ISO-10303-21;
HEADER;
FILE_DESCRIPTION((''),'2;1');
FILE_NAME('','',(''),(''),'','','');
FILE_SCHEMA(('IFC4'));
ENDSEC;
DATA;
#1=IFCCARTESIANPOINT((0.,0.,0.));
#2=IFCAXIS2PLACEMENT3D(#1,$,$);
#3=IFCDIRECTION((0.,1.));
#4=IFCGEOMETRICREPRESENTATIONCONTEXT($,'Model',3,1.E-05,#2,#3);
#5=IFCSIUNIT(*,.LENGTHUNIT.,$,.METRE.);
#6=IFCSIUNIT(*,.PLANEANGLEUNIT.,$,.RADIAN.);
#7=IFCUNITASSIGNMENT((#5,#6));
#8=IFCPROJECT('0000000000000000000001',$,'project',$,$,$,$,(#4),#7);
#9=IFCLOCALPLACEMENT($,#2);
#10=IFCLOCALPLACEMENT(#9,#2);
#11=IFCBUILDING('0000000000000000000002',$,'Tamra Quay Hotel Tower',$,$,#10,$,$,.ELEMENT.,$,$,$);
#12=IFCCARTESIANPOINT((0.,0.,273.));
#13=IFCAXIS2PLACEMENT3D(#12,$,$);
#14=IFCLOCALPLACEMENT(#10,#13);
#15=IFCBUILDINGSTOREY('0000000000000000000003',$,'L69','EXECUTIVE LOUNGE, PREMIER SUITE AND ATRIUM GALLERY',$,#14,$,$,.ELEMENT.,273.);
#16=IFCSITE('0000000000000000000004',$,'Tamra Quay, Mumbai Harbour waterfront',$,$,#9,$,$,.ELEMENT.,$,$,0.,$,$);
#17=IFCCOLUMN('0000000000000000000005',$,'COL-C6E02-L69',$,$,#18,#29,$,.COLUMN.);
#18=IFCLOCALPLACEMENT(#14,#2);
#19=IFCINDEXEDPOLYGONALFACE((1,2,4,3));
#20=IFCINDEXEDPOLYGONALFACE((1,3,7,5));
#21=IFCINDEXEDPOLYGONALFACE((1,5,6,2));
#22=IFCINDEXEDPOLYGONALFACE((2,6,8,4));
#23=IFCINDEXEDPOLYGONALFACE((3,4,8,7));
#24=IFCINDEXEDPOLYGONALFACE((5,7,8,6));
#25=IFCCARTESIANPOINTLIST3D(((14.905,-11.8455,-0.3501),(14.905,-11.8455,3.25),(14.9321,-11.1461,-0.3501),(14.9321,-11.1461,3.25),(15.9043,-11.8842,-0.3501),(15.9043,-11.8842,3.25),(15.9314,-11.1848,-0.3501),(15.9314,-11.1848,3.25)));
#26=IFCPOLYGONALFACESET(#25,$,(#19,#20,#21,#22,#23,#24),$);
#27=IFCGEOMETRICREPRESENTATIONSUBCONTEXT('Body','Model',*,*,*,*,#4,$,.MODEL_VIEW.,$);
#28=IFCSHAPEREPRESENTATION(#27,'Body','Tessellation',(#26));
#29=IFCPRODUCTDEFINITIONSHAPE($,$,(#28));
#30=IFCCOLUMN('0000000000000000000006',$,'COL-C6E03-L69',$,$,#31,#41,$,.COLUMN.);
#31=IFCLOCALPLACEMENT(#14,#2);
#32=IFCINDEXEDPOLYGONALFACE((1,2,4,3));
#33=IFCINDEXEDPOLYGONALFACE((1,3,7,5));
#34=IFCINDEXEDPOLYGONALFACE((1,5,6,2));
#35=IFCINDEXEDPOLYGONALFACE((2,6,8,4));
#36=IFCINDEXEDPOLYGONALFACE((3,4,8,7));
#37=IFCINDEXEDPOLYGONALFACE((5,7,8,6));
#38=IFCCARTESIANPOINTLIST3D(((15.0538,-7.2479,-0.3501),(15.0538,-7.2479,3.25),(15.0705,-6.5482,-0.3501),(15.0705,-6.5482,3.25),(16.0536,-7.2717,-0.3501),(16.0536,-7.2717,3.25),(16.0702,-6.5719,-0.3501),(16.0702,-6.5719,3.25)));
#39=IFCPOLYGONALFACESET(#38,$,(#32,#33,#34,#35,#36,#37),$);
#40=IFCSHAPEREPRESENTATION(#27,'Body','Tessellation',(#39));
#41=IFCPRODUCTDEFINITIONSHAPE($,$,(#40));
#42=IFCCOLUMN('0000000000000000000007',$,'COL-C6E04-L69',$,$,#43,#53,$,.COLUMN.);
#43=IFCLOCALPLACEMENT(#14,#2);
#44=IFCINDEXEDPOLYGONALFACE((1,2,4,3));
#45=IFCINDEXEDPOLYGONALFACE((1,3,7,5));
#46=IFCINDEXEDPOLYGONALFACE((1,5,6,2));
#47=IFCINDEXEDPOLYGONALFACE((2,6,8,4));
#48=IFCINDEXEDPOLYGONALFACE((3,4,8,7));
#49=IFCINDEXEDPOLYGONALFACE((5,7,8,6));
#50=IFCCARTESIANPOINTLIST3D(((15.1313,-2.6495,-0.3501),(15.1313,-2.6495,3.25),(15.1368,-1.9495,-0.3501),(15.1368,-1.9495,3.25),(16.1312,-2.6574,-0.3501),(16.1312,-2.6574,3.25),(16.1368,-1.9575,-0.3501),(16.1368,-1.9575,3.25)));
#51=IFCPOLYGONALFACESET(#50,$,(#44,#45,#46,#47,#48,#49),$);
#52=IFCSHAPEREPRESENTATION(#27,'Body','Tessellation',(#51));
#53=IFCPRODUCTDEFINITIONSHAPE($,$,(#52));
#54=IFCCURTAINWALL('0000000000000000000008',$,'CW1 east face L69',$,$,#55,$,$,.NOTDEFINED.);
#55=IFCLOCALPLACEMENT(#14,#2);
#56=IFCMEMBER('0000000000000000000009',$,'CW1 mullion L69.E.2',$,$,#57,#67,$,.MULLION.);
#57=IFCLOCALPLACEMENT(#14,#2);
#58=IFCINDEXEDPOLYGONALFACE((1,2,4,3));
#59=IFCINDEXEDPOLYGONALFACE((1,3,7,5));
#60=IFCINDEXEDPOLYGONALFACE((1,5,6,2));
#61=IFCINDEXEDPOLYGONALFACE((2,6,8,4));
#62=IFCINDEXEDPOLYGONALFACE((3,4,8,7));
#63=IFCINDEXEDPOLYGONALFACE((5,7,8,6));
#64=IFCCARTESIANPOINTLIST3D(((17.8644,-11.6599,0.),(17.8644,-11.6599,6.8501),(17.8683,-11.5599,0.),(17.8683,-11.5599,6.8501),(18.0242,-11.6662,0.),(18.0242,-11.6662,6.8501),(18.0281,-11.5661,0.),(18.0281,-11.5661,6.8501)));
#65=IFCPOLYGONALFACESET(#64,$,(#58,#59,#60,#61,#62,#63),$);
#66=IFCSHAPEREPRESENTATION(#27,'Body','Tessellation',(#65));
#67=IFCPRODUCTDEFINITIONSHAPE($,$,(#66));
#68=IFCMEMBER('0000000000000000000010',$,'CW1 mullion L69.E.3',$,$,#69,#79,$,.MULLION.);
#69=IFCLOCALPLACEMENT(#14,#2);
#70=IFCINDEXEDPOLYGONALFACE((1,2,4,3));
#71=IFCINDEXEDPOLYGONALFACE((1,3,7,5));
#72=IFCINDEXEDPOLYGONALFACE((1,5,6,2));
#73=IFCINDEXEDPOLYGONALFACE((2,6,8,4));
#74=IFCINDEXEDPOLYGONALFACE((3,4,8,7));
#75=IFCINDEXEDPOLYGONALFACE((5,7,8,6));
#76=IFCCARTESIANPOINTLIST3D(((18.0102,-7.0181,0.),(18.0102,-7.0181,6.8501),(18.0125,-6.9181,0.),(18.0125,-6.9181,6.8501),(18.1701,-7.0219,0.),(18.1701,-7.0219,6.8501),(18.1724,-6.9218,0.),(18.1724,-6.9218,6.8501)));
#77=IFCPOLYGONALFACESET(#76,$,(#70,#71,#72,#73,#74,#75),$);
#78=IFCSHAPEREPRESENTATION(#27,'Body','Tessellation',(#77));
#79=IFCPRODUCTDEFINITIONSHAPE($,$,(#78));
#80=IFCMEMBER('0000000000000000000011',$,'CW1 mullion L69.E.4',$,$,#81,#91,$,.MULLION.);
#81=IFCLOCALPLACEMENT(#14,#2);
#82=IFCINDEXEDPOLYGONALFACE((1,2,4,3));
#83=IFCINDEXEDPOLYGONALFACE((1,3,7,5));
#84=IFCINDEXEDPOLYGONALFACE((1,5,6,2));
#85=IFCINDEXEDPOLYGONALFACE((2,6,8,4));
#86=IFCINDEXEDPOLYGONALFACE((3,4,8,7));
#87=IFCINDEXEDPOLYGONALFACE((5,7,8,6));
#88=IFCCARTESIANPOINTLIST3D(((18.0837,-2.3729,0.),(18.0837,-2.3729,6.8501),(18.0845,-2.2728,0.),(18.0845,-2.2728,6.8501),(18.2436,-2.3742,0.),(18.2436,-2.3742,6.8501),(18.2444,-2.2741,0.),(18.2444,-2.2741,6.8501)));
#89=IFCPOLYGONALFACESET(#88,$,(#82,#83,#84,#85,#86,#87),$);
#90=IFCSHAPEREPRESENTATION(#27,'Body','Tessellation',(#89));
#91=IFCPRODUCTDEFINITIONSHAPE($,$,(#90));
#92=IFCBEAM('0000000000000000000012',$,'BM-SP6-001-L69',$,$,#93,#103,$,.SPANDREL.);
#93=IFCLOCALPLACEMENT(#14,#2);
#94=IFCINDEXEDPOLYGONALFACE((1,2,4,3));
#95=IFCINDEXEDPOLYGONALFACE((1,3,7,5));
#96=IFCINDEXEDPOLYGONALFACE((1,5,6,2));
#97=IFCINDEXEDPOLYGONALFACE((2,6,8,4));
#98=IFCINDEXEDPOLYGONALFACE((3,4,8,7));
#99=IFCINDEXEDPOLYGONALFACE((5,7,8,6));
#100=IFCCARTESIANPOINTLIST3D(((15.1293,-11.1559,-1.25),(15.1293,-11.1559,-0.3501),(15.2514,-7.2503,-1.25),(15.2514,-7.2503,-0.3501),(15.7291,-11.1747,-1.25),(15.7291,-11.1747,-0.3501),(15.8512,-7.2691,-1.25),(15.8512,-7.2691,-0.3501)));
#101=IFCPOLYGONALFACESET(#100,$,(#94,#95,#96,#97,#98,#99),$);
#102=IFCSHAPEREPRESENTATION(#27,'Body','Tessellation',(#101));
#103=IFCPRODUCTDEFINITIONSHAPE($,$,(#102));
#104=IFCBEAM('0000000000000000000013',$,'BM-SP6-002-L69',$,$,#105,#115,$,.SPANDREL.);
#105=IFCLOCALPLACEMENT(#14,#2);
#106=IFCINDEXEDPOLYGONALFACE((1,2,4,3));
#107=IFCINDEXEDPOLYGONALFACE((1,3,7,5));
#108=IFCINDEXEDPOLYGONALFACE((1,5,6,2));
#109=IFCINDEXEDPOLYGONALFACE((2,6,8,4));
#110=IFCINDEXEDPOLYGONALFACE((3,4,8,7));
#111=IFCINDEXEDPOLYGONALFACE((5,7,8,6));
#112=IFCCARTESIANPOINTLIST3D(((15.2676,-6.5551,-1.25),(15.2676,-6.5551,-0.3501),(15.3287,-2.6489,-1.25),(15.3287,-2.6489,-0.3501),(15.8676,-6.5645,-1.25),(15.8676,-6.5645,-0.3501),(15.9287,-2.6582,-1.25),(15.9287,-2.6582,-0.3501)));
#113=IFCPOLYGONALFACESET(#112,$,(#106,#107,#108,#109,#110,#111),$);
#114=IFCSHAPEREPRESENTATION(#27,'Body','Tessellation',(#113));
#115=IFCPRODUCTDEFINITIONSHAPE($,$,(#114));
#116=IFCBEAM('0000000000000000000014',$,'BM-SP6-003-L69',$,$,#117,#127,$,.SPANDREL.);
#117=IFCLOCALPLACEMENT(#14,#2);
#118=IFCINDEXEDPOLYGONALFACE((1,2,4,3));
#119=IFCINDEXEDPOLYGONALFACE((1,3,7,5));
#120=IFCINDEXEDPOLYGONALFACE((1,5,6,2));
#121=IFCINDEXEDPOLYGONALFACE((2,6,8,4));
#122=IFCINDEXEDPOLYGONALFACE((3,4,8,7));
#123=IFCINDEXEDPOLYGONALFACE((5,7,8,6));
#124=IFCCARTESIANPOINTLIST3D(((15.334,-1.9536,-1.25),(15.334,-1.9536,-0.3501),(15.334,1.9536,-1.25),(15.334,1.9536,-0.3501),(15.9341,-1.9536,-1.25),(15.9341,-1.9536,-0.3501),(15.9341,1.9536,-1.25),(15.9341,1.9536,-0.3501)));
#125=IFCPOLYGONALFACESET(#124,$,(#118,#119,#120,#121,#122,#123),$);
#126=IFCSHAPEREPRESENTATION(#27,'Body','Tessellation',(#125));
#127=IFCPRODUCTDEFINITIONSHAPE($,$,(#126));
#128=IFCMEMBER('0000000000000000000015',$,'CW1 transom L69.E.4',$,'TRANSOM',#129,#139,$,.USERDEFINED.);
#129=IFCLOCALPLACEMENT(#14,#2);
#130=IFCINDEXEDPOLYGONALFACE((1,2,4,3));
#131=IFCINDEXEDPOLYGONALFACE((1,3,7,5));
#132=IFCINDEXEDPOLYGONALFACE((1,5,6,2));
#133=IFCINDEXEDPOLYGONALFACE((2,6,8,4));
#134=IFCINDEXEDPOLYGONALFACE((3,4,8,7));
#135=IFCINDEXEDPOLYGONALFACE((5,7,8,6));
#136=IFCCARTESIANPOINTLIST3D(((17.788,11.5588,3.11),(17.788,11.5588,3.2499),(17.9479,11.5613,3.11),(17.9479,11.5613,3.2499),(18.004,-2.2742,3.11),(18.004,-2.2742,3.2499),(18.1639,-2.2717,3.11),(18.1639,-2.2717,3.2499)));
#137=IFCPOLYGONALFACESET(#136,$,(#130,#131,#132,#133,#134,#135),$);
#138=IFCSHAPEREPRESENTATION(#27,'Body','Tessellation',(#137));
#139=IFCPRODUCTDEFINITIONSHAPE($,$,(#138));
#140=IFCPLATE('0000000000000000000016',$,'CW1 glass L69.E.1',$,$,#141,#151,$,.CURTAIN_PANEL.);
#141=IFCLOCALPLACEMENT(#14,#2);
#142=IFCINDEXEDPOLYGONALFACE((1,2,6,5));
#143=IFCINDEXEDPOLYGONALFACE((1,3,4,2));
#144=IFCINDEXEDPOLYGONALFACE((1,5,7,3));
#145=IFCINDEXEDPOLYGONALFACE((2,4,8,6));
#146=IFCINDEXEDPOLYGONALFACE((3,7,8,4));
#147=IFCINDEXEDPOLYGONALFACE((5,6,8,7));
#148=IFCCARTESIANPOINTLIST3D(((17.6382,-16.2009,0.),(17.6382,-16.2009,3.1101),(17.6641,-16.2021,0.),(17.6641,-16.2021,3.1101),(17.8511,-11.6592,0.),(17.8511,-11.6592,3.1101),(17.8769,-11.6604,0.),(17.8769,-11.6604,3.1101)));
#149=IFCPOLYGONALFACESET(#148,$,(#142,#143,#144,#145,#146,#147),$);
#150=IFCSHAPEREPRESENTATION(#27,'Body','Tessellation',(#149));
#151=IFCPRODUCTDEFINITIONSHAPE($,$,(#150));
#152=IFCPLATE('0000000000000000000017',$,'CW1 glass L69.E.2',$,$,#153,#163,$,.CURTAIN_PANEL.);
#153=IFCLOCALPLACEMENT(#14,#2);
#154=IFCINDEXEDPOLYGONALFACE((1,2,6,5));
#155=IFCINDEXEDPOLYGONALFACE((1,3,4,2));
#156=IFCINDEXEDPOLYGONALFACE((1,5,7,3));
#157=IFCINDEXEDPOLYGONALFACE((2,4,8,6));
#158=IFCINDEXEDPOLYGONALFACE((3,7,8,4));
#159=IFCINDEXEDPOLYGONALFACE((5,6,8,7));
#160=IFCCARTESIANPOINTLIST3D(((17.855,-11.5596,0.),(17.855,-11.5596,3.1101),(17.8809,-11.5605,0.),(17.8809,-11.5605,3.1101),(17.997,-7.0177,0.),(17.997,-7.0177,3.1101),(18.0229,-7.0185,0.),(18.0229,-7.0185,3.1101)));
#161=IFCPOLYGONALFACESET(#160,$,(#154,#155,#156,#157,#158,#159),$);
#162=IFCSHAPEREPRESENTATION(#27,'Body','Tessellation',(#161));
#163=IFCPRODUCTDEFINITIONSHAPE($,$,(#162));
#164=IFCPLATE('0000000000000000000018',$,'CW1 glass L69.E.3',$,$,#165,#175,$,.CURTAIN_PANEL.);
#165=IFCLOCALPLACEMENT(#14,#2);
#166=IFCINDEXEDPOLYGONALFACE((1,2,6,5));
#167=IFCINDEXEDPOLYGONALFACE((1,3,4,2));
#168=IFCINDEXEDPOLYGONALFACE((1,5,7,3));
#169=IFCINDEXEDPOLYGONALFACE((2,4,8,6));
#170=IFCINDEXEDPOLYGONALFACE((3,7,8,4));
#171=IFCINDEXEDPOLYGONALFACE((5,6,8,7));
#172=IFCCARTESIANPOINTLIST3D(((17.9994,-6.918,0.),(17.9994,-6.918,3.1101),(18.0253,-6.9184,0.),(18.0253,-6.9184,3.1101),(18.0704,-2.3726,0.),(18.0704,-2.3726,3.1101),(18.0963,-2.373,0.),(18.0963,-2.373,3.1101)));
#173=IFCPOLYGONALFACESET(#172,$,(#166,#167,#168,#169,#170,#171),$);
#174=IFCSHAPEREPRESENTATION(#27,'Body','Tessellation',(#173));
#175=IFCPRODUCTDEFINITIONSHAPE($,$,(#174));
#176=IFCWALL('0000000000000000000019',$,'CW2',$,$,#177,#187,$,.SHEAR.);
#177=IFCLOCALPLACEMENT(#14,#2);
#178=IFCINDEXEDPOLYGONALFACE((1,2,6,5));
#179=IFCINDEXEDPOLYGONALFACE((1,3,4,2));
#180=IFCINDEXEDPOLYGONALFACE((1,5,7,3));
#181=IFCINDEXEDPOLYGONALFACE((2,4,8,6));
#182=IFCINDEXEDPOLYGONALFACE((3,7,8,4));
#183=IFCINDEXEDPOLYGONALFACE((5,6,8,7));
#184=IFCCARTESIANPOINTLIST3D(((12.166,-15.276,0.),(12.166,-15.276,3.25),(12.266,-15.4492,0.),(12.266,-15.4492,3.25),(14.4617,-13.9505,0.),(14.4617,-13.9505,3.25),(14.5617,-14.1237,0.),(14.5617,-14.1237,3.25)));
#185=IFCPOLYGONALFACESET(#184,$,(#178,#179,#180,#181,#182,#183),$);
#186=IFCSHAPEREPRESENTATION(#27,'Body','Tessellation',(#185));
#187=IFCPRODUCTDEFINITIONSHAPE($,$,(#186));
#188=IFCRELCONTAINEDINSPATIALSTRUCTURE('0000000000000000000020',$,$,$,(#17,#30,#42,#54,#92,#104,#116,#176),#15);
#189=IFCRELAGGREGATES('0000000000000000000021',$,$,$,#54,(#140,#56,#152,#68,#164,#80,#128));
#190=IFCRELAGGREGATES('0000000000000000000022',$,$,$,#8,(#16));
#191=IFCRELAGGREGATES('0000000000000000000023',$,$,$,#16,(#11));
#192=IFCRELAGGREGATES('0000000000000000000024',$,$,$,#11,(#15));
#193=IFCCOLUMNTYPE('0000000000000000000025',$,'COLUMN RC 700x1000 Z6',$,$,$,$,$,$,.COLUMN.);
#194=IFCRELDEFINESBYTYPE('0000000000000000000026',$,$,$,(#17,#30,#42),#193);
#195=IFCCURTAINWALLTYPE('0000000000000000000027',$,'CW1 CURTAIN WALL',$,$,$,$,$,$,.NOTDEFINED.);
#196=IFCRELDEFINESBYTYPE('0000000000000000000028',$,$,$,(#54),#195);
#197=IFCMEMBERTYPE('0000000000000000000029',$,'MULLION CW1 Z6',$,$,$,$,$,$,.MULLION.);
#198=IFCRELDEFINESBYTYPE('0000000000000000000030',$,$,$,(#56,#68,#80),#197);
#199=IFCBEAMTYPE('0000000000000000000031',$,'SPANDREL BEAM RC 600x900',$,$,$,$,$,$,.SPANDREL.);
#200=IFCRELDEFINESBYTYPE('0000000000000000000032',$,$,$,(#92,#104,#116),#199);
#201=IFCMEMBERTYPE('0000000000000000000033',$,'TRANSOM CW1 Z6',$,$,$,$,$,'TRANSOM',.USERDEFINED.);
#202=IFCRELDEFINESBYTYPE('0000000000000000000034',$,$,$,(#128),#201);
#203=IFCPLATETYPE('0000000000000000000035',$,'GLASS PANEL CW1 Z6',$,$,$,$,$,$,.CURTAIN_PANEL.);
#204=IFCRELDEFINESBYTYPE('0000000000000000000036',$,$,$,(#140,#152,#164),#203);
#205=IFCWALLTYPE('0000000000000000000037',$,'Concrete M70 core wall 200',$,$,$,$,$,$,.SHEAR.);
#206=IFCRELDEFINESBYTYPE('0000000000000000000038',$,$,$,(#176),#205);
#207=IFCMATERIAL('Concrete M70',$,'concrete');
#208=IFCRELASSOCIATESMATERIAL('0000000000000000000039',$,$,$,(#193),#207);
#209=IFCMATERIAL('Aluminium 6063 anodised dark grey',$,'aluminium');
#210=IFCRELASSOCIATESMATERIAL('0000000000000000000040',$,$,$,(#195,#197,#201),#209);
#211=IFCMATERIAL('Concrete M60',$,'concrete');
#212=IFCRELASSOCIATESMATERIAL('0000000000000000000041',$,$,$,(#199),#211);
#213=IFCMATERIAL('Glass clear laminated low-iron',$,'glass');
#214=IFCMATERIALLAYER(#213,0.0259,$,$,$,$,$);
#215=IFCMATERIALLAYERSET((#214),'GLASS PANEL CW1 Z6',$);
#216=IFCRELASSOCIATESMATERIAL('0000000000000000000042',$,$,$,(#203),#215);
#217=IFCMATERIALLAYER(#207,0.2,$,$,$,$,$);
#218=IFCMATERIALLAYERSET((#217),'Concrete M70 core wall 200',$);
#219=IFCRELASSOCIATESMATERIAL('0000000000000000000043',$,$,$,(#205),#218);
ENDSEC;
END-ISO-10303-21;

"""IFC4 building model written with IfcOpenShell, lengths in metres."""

from ifc_helpers import new_model, si_unit, direction, frame, frame_2d, origin, origin_2d, place, context, subcontext, project, spatial, rectangle, extrude, material, layer, layer_set, material_profile, profile_set, type_object, element, aggregate, save


model = new_model("IFC4")

# Units and contexts
model_context = context("Model", 3, precision=1e-05, world=origin(), true_north=direction((0.0, 1.0)))
body_context = subcontext(model_context, "Body", "Model", "MODEL_VIEW")
ifc_project = project(units=[si_unit("LENGTHUNIT", "METRE"), si_unit("PLANEANGLEUNIT", "RADIAN")], contexts=[model_context])

# Site, building, storey
site_placement = place(None, origin())
site = spatial("IfcSite", under=ifc_project, at=site_placement, Name="Tamra Quay, Mumbai Harbour waterfront", CompositionType="ELEMENT", RefElevation=0.0)
building_placement = place(site_placement, origin())
building = spatial("IfcBuilding", under=site, at=building_placement, Name="Tamra Quay Hotel Tower", CompositionType="ELEMENT")
storey_placement = place(building_placement, frame((0.0, 0.0, 273.0)))
storey = spatial("IfcBuildingStorey", under=building, at=storey_placement, Name="L69", Description="EXECUTIVE LOUNGE, PREMIER SUITE AND ATRIUM GALLERY", CompositionType="ELEMENT", Elevation=273.0)

# Columns
ifc_material_1 = material(Name="Concrete M70", Category="concrete")
ifc_material_profile_1 = material_profile(ifc_material_1, rectangle(XDim=1.0, YDim=0.7, at=origin_2d()), Name="COLUMN RC 700x1000 Z6")
ifc_profile_set_1 = profile_set([ifc_material_profile_1], Name="Concrete M70")
column_type = type_object("IfcColumnType", Name="COLUMN RC 700x1000 Z6", PredefinedType="COLUMN", material=ifc_profile_set_1)
for number, where, z_axis, x_axis, name in (
    (1, (15.4182, -11.5151, -0.3501), (0.0, 0.0, 1.0), (-0.999251, 0.038691, 0.0), "COL-C6E02-L69"),
    (2, (15.562, -6.9099, -0.3501), (0.0, 0.0, 1.0), (-0.999718, 0.023753, 0.0), "COL-C6E03-L69"),
    (3, (15.634, -2.3035, -0.3501), (0.0, 0.0, 1.0), (-0.999969, 0.00792, 0.0), "COL-C6E04-L69"),
):
    element("IfcColumn", number, at=place(storey_placement, frame(where, z_axis=z_axis, x_axis=x_axis)), inside=storey, type_object=column_type, Name=name, PredefinedType="COLUMN", context=body_context, shape_type="SweptSolid", body=[
        extrude(rectangle(XDim=1.0, YDim=0.7, at=origin_2d()), origin(), (0.0, 0.0, 1.0), 3.6001),
    ])

# Curtain wall, members
ifc_material_2 = material(Name="Aluminium 6063 anodised dark grey", Category="aluminium")
curtain_wall_type = type_object("IfcCurtainWallType", Name="CW1 CURTAIN WALL", PredefinedType="NOTDEFINED", material=ifc_material_2)
curtain_wall_placement = place(storey_placement, origin())
curtain_wall = element("IfcCurtainWall", 4, at=curtain_wall_placement, inside=storey, type_object=curtain_wall_type, Name="CW1 east face L69", PredefinedType="NOTDEFINED")
ifc_material_profile_2 = material_profile(ifc_material_2, rectangle(XDim=0.1599, YDim=0.1001, at=origin_2d()), Name="MULLION 100X160")
ifc_profile_set_2 = profile_set([ifc_material_profile_2], Name="Aluminium 6063 anodised dark grey")
member_type_1 = type_object("IfcMemberType", Name="MULLION CW1 Z6", PredefinedType="MULLION", material=ifc_profile_set_2)
member_1_placement = place(storey_placement, frame((17.9463, -11.613, 0.0), z_axis=(0.0, 0.0, 1.0), x_axis=(0.999238, -0.039033, 0.0)))
member_1 = element("IfcMember", 5, at=member_1_placement, type_object=member_type_1, Name="CW1 mullion L69.E.2", PredefinedType="MULLION", context=body_context, shape_type="SweptSolid", body=[
    extrude(rectangle(XDim=0.1599, YDim=0.1001, at=origin_2d()), origin(), (0.0, 0.0, 1.0), 6.8501),
])
member_2_placement = place(storey_placement, frame((18.0913, -6.97, 0.0), z_axis=(0.0, 0.0, 1.0), x_axis=(0.999725, -0.023438, 0.0)))
member_2 = element("IfcMember", 6, at=member_2_placement, type_object=member_type_1, Name="CW1 mullion L69.E.3", PredefinedType="MULLION", context=body_context, shape_type="SweptSolid", body=[
    extrude(rectangle(XDim=0.1599, YDim=0.1001, at=origin_2d()), origin(), (0.0, 0.0, 1.0), 6.8501),
])
member_3_placement = place(storey_placement, frame((18.1641, -2.3235, 0.0), z_axis=(0.0, 0.0, 1.0), x_axis=(0.999969, -0.007817, 0.0)))
member_3 = element("IfcMember", 7, at=member_3_placement, type_object=member_type_1, Name="CW1 mullion L69.E.4", PredefinedType="MULLION", context=body_context, shape_type="SweptSolid", body=[
    extrude(rectangle(XDim=0.1599, YDim=0.1001, at=origin_2d()), origin(), (0.0, 0.0, 1.0), 6.8501),
])

# Beams
ifc_material_3 = material(Name="Concrete M60", Category="concrete")
ifc_material_profile_3 = material_profile(ifc_material_3, rectangle(XDim=0.6001, YDim=0.8999, at=origin_2d()), Name="SPANDREL BEAM RC 600x900")
ifc_profile_set_3 = profile_set([ifc_material_profile_3], Name="Concrete M60")
beam_type = type_object("IfcBeamType", Name="SPANDREL BEAM RC 600x900", PredefinedType="SPANDREL", material=ifc_profile_set_3)
beam_1_placement = place(storey_placement, frame((15.4292, -11.1653, -0.8), z_axis=(0.031241, 0.999512, 0.0), x_axis=(-0.999512, 0.031241, 0.0)))
element("IfcBeam", 8, at=beam_1_placement, inside=storey, type_object=beam_type, Name="BM-SP6-001-L69", PredefinedType="SPANDREL", context=body_context, shape_type="SweptSolid", body=[
    extrude(rectangle(XDim=0.6001, YDim=0.8999, at=origin_2d()), origin(), (0.0, 0.0, 1.0), 3.9075),
])
beam_2_placement = place(storey_placement, frame((15.5676, -6.5598, -0.8), z_axis=(0.015623, 0.999878, 0.0), x_axis=(-0.999878, 0.015623, 0.0)))
element("IfcBeam", 9, at=beam_2_placement, inside=storey, type_object=beam_type, Name="BM-SP6-002-L69", PredefinedType="SPANDREL", context=body_context, shape_type="SweptSolid", body=[
    extrude(rectangle(XDim=0.6001, YDim=0.8999, at=origin_2d()), origin(), (0.0, 0.0, 1.0), 3.9067),
])
beam_3_placement = place(storey_placement, frame((15.634, -1.9536, -0.8), z_axis=(0.0, 1.0, 0.0), x_axis=(-1.0, 0.0, 0.0)))
element("IfcBeam", 10, at=beam_3_placement, inside=storey, type_object=beam_type, Name="BM-SP6-003-L69", PredefinedType="SPANDREL", context=body_context, shape_type="SweptSolid", body=[
    extrude(rectangle(XDim=0.6001, YDim=0.8999, at=origin_2d()), origin(), (0.0, 0.0, 1.0), 3.9072),
])

# Member
ifc_material_profile_4 = material_profile(ifc_material_2, rectangle(XDim=0.1599, YDim=0.1399, at=origin_2d()), Name="TRANSOM 160X140")
ifc_profile_set_4 = profile_set([ifc_material_profile_4], Name="Aluminium 6063 anodised dark grey")
member_type_2 = type_object("IfcMemberType", Name="TRANSOM CW1 Z6", ElementType="TRANSOM", PredefinedType="USERDEFINED", material=ifc_profile_set_4)
member_4_placement = place(storey_placement, frame((18.084, -2.2729, 3.1799), z_axis=(-0.015618, 0.999878, 0.0), x_axis=(-0.999878, -0.015618, 0.0)))
member_4 = element("IfcMember", 11, at=member_4_placement, type_object=member_type_2, Name="CW1 transom L69.E.4", ObjectType="TRANSOM", PredefinedType="USERDEFINED", context=body_context, shape_type="SweptSolid", body=[
    extrude(rectangle(XDim=0.1599, YDim=0.1399, at=origin_2d()), origin(), (0.0, 0.0, 1.0), 13.8347),
])

# Plates
ifc_material_4 = material(Name="Glass clear laminated low-iron", Category="glass")
ifc_layer_1 = layer(ifc_material_4, 0.0259)
ifc_layer_set_1 = layer_set([ifc_layer_1], Name="GLASS PANEL CW1 Z6")
plate_type = type_object("IfcPlateType", Name="GLASS PANEL CW1 Z6", PredefinedType="CURTAIN_PANEL", material=ifc_layer_set_1)
plate_1_placement = place(storey_placement, frame((17.7576, -13.9307, 0.0), z_axis=(0.0, 0.0, 1.0), x_axis=(0.046821, 0.998903, 0.0)))
plate_1 = element("IfcPlate", 12, at=plate_1_placement, type_object=plate_type, Name="CW1 glass L69.E.1", PredefinedType="CURTAIN_PANEL", context=body_context, shape_type="SweptSolid", body=[
    extrude(rectangle(XDim=4.5466, YDim=0.0259, at=origin_2d()), origin(), (0.0, 0.0, 1.0), 3.1101),
])
plate_2_placement = place(storey_placement, frame((17.939, -9.2891, 0.0), z_axis=(0.0, 0.0, 1.0), x_axis=(0.031242, 0.999512, 0.0)))
plate_2 = element("IfcPlate", 13, at=plate_2_placement, type_object=plate_type, Name="CW1 glass L69.E.2", PredefinedType="CURTAIN_PANEL", context=body_context, shape_type="SweptSolid", body=[
    extrude(rectangle(XDim=4.5442, YDim=0.0259, at=origin_2d()), origin(), (0.0, 0.0, 1.0), 3.1101),
])
plate_3_placement = place(storey_placement, frame((18.0479, -4.6455, 0.0), z_axis=(0.0, 0.0, 1.0), x_axis=(0.015633, 0.999878, 0.0)))
plate_3 = element("IfcPlate", 14, at=plate_3_placement, type_object=plate_type, Name="CW1 glass L69.E.3", PredefinedType="CURTAIN_PANEL", context=body_context, shape_type="SweptSolid", body=[
    extrude(rectangle(XDim=4.5459, YDim=0.0259, at=origin_2d()), origin(), (0.0, 0.0, 1.0), 3.1101),
])
aggregate(curtain_wall, [plate_1, member_1, plate_2, member_2, plate_3, member_3, member_4])

# Wall
ifc_layer_2 = layer(ifc_material_1, 0.2)
ifc_layer_set_2 = layer_set([ifc_layer_2], Name="Concrete M70 core wall 200")
wall_type_1 = type_object("IfcWallType", Name="Concrete M70 core wall 200", PredefinedType="SHEAR", material=ifc_layer_set_2)
wall_1_placement = place(storey_placement, frame((14.5117, -14.0371, 0.0), z_axis=(0.0, 0.0, 1.0), x_axis=(-0.866018, -0.500012, 0.0)))
element("IfcWall", 15, at=wall_1_placement, inside=storey, type_object=wall_type_1, Name="CW2", PredefinedType="SHEAR", context=body_context, shape_type="SweptSolid", body=[
    extrude(rectangle(XDim=2.6509, YDim=0.2, at=frame_2d((1.3254, 0.0))), origin(), (0.0, 0.0, 1.0), 3.25),
])

save(model, "model.ifc")
